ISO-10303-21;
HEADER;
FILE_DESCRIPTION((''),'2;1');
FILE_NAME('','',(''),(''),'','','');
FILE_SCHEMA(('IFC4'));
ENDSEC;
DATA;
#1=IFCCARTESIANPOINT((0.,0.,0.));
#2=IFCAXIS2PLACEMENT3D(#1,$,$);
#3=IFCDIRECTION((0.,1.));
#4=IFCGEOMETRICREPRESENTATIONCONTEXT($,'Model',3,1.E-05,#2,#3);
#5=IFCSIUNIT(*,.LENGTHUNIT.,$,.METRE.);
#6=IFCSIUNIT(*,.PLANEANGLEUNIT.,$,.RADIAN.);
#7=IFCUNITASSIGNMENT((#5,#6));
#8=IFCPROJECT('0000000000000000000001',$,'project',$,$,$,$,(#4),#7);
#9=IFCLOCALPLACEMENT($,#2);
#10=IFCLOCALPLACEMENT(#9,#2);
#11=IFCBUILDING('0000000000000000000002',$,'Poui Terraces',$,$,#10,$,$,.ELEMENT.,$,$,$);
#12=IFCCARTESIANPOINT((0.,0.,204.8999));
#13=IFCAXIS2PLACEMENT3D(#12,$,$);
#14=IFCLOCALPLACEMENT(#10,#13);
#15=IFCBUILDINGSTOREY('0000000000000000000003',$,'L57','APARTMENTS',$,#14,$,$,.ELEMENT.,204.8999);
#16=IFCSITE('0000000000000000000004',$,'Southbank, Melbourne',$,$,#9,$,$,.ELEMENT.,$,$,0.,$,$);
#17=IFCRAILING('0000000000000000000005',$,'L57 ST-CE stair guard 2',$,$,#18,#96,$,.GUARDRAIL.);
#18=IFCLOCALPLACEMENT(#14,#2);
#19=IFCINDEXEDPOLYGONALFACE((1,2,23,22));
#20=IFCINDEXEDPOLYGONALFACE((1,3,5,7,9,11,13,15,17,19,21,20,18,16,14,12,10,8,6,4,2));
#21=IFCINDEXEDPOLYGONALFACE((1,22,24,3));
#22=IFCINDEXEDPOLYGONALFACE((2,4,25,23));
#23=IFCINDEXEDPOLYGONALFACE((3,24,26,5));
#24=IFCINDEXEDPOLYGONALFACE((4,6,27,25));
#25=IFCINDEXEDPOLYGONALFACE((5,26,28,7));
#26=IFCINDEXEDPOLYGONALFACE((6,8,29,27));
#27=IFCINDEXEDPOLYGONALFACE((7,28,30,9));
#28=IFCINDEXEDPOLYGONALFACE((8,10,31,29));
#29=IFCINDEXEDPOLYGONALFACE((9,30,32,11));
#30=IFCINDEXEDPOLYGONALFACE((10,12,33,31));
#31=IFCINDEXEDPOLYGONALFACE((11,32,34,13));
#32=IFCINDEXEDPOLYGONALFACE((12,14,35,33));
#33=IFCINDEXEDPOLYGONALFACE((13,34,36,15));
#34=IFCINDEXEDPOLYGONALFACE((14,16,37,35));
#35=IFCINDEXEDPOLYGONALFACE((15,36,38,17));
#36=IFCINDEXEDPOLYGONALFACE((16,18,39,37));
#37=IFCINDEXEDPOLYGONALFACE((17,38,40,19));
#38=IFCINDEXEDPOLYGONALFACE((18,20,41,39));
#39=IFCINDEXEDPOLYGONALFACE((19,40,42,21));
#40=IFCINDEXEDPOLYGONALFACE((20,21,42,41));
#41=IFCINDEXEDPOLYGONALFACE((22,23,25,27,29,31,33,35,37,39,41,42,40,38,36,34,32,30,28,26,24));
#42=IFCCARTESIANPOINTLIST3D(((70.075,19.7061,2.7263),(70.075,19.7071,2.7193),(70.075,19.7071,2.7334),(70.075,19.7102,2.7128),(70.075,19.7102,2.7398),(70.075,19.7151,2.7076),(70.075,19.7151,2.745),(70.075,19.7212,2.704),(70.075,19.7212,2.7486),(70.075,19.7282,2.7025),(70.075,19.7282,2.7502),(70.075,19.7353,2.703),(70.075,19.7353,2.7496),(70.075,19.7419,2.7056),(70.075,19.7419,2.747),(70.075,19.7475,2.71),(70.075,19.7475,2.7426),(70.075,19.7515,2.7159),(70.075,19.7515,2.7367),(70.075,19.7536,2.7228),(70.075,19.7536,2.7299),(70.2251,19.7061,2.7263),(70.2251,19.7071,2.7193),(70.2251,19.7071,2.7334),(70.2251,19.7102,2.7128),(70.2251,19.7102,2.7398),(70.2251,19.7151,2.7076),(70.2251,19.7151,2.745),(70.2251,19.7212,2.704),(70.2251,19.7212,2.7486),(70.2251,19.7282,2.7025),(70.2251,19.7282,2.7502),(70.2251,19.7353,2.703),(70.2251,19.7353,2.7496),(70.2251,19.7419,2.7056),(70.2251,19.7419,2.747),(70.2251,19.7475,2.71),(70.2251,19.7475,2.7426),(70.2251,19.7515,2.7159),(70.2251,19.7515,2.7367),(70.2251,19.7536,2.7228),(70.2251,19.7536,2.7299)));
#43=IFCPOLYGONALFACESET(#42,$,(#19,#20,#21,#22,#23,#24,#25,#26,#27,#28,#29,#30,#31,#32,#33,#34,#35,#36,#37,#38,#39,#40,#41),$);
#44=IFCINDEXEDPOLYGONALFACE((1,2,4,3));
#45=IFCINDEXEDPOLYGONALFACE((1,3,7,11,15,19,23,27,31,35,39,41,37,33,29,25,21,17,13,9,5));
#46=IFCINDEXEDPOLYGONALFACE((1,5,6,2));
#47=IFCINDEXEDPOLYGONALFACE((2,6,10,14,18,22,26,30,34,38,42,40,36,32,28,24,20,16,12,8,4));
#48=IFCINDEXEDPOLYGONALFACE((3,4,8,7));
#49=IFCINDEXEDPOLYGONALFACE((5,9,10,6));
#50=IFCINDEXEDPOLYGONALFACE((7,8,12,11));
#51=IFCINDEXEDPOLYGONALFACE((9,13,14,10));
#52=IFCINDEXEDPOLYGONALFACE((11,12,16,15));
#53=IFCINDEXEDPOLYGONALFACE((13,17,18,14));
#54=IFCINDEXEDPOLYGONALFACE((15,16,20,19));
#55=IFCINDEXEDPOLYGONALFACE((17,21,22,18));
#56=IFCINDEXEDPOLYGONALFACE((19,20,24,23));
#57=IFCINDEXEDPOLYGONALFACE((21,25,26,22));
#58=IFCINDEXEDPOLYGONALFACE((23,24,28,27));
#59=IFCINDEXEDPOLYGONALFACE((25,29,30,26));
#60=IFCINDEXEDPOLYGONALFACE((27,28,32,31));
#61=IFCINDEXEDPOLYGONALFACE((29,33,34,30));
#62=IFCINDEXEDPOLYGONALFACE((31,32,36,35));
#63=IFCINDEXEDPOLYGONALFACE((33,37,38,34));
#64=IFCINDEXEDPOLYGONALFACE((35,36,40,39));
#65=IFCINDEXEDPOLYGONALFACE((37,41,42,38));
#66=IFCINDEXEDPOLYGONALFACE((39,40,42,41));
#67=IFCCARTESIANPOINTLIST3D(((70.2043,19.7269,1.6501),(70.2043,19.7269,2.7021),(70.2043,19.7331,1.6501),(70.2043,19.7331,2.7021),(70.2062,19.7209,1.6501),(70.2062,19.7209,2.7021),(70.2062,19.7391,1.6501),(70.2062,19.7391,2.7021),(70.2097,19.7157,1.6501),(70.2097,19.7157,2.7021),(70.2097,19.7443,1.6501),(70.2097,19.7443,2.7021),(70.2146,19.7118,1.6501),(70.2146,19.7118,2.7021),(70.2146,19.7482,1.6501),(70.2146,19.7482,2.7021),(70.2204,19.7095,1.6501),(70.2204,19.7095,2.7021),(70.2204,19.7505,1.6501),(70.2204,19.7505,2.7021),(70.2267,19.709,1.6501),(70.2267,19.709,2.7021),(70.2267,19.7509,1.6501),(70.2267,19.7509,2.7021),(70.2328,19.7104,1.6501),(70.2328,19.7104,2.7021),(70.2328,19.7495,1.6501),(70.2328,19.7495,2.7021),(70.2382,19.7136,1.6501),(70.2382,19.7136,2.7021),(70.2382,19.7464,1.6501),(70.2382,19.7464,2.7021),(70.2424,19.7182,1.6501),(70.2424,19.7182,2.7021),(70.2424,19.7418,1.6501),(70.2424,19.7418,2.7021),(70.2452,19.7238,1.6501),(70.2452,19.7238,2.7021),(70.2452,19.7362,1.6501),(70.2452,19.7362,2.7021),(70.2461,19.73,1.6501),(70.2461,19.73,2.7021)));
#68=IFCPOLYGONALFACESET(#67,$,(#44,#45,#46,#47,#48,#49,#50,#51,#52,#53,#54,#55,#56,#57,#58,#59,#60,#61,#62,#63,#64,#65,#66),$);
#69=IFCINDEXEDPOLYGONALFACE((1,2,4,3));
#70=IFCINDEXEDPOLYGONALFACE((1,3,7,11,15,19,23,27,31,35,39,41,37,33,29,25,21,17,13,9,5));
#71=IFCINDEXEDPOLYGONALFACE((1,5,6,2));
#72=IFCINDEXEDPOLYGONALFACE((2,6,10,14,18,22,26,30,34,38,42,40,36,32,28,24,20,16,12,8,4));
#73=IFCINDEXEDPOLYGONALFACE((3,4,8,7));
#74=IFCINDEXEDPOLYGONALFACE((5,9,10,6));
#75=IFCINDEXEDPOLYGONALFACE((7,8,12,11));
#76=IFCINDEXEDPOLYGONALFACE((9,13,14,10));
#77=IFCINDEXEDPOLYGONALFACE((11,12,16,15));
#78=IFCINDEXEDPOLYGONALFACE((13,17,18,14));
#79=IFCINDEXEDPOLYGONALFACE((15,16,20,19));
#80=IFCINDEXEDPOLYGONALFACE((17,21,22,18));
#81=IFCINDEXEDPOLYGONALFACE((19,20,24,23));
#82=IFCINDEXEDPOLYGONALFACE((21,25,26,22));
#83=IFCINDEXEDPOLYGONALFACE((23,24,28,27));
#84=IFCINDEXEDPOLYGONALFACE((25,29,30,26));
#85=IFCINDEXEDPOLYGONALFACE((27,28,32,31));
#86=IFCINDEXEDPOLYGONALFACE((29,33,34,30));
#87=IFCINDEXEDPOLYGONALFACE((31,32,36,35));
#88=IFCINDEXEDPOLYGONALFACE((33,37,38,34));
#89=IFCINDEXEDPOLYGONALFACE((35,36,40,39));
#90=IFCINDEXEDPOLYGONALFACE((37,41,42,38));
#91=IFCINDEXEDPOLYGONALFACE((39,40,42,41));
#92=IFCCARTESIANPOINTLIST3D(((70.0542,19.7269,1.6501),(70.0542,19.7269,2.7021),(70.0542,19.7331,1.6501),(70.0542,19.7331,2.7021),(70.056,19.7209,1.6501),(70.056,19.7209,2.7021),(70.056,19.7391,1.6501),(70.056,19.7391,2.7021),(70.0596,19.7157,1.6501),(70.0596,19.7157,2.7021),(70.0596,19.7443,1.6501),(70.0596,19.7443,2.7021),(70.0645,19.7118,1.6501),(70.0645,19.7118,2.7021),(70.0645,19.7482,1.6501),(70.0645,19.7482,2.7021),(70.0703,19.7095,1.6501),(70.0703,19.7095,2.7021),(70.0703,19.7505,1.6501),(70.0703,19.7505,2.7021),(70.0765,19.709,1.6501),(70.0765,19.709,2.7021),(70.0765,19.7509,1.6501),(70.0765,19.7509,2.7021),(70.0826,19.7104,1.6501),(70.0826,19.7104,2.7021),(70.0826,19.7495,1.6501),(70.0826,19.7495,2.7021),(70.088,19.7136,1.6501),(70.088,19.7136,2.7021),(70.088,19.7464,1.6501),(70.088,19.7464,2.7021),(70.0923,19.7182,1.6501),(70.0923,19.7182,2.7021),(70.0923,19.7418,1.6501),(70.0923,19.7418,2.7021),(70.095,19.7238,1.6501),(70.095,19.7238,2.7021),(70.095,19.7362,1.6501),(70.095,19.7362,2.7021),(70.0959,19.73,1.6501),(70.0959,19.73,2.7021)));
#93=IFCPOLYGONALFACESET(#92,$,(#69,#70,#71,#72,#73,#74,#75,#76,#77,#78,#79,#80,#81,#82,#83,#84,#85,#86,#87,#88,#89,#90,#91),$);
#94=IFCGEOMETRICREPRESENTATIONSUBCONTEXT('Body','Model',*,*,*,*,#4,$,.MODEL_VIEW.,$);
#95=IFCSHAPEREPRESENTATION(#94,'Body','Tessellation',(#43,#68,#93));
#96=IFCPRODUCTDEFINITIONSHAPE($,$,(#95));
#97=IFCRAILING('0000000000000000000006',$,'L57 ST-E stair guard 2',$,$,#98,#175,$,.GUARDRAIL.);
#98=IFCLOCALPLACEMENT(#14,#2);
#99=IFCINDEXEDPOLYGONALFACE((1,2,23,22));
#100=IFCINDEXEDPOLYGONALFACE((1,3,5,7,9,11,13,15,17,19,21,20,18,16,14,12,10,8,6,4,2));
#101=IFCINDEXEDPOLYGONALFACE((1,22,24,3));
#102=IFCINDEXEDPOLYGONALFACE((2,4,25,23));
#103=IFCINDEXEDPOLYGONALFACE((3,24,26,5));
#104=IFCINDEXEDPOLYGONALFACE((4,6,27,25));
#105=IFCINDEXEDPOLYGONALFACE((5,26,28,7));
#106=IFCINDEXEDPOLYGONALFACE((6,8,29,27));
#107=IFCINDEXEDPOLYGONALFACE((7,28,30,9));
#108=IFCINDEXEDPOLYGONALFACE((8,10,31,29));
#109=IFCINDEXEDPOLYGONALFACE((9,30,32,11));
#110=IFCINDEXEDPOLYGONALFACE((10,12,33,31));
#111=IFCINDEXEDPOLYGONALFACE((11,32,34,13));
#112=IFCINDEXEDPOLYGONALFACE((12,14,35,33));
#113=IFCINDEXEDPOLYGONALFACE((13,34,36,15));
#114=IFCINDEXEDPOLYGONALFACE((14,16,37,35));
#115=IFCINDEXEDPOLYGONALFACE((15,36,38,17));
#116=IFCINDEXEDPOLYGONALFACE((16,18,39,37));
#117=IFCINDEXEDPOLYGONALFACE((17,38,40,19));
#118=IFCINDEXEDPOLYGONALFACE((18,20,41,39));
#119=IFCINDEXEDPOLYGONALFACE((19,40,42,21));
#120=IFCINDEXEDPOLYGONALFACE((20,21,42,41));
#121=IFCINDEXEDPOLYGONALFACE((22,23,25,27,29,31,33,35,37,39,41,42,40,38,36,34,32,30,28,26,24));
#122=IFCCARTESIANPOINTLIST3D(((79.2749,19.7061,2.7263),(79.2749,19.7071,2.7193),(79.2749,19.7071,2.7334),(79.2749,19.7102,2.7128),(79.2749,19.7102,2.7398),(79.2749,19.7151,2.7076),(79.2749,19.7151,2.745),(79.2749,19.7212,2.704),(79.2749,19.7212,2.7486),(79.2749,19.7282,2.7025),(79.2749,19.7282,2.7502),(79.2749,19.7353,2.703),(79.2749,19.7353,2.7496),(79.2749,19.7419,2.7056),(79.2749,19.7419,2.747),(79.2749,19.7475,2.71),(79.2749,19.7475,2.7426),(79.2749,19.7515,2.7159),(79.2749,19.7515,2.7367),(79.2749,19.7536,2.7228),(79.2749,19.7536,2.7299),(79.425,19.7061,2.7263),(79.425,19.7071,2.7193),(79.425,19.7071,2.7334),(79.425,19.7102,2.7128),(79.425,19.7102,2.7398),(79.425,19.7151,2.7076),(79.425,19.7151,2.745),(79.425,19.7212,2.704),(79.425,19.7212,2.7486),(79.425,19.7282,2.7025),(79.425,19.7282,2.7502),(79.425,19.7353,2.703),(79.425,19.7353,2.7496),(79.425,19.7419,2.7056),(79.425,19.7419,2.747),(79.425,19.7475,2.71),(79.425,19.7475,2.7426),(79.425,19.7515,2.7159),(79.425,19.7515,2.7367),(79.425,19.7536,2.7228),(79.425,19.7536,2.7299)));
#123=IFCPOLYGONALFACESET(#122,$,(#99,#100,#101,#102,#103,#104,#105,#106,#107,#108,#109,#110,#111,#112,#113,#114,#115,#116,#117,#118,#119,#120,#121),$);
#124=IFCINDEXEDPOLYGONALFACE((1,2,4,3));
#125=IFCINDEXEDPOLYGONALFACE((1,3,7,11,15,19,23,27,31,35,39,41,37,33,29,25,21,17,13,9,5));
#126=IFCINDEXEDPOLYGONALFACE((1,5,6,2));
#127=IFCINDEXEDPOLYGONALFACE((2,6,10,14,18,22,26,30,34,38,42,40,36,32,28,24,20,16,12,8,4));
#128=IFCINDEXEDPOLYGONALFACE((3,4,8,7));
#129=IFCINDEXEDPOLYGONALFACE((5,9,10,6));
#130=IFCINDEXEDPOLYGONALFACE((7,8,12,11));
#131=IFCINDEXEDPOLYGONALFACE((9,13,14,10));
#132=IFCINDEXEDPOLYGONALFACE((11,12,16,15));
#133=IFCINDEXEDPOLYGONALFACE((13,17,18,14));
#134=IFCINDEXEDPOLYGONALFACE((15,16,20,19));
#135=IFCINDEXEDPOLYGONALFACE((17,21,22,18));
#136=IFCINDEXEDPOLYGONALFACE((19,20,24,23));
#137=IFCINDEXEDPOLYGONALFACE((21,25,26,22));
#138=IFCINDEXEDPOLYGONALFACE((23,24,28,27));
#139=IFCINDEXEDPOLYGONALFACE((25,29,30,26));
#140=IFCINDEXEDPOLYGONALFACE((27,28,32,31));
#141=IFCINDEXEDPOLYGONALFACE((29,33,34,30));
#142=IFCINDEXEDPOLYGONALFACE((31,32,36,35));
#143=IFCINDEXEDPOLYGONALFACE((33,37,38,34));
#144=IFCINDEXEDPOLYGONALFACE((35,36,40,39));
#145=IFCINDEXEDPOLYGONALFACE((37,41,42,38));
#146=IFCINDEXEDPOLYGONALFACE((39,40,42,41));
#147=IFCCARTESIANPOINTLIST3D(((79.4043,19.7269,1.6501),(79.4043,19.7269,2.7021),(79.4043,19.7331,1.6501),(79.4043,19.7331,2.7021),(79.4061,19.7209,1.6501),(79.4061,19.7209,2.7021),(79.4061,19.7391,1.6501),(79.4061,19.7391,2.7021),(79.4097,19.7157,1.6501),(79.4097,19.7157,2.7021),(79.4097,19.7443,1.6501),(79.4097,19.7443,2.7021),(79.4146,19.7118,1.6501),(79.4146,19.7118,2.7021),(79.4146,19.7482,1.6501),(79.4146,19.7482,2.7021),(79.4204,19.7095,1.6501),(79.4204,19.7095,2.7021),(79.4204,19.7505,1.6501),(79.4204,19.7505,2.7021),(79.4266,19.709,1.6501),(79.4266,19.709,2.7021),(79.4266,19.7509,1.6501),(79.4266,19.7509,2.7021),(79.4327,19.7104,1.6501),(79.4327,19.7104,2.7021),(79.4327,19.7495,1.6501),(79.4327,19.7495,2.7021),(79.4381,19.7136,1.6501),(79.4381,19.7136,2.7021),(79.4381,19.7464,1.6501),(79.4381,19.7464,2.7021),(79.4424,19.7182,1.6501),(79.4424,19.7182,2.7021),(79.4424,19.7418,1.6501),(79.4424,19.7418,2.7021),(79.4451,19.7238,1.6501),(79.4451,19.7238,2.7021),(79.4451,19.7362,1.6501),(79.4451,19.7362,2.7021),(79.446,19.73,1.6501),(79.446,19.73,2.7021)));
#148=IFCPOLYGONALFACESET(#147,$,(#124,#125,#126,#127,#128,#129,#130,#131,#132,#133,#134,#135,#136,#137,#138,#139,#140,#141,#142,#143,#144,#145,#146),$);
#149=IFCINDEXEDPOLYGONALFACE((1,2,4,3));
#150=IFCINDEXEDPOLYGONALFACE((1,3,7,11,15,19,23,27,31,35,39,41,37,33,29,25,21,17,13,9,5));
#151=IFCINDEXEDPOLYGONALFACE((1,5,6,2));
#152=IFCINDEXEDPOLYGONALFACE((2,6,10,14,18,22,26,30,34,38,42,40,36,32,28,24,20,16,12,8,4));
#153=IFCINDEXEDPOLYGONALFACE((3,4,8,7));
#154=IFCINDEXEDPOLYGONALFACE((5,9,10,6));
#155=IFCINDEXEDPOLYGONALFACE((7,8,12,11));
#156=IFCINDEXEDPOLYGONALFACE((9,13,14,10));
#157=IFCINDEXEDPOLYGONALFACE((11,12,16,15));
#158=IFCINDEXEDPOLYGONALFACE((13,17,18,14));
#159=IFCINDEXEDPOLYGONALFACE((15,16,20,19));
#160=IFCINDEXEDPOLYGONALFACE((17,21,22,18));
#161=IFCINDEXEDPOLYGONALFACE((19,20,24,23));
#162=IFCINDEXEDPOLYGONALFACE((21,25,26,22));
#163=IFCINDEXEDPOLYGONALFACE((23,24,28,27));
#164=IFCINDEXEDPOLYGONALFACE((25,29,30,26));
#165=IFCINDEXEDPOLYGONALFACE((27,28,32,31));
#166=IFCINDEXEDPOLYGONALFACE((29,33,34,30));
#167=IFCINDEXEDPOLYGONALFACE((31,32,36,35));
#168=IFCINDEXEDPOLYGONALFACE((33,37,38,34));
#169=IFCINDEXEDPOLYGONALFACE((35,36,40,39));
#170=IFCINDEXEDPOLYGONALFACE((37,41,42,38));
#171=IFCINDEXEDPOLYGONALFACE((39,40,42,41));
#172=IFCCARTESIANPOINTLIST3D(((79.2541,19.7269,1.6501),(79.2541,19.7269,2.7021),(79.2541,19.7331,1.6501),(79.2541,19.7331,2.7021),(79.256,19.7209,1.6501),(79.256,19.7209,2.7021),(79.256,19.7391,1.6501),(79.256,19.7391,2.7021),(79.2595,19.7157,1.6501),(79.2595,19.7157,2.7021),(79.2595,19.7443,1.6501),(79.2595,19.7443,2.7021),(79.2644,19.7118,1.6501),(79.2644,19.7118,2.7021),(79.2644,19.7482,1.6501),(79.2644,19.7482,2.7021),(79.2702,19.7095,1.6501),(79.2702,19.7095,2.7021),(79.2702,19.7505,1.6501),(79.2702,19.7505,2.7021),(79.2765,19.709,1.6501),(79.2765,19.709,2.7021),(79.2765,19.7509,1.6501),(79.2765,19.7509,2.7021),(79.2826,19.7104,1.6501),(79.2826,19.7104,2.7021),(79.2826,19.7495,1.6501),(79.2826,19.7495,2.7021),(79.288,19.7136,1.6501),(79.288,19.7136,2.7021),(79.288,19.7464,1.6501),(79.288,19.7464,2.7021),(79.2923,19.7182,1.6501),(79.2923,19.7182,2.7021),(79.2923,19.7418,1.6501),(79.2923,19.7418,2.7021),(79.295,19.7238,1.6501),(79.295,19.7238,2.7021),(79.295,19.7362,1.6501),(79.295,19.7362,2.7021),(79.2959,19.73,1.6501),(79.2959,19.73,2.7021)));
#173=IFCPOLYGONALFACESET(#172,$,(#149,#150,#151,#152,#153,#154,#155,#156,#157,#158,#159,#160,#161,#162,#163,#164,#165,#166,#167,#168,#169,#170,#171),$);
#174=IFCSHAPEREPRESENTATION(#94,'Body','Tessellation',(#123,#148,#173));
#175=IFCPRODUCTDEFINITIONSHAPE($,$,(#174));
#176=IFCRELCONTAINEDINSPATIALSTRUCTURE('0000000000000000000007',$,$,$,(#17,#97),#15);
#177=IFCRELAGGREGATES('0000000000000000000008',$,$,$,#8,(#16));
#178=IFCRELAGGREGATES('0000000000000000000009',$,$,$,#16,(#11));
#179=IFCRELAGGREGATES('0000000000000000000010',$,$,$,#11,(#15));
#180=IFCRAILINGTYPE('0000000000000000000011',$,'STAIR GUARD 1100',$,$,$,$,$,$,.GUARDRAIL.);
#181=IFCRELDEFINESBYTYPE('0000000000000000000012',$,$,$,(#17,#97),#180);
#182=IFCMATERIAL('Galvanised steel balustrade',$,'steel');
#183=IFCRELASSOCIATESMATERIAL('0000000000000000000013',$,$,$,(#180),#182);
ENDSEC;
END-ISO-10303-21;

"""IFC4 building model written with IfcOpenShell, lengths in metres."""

from ifc_helpers import new_model, si_unit, direction, frame, origin, origin_2d, place, context, subcontext, project, spatial, circle, extrude, material, type_object, element, save


model = new_model("IFC4")

# Units and contexts
model_context = context("Model", 3, precision=1e-05, world=origin(), true_north=direction((0.0, 1.0)))
body_context = subcontext(model_context, "Body", "Model", "MODEL_VIEW")
ifc_project = project(units=[si_unit("LENGTHUNIT", "METRE"), si_unit("PLANEANGLEUNIT", "RADIAN")], contexts=[model_context])

# Site, building, storey
site_placement = place(None, origin())
site = spatial("IfcSite", under=ifc_project, at=site_placement, Name="Southbank, Melbourne", CompositionType="ELEMENT", RefElevation=0.0)
building_placement = place(site_placement, origin())
building = spatial("IfcBuilding", under=site, at=building_placement, Name="Poui Terraces", CompositionType="ELEMENT")
storey_placement = place(building_placement, frame((0.0, 0.0, 204.8999)))
storey = spatial("IfcBuildingStorey", under=building, at=storey_placement, Name="L57", Description="APARTMENTS", CompositionType="ELEMENT", Elevation=204.8999)

# Railings
ifc_material_1 = material(Name="Galvanised steel balustrade", Category="steel")
railing_type = type_object("IfcRailingType", Name="STAIR GUARD 1100", PredefinedType="GUARDRAIL", material=ifc_material_1)
for number, where, name in (
    (1, (70.2251, 19.73, 1.6501), "L57 ST-CE stair guard 2"),
    (2, (79.425, 19.73, 1.6501), "L57 ST-E stair guard 2"),
):
    element("IfcRailing", number, at=place(storey_placement, frame(where)), inside=storey, type_object=railing_type, Name=name, PredefinedType="GUARDRAIL", context=body_context, shape_type="SweptSolid", body=[
        extrude(circle(Radius=0.0239, at=origin_2d()), frame((0.0, 0.0, 1.0762), z_axis=(-1.0, 0.0, 0.0), x_axis=(0.0, -1.0, 0.0)), (0.0, 0.0, 1.0), 0.1501),
        extrude(circle(Radius=0.021, at=origin_2d()), origin(), (0.0, 0.0, 1.0), 1.052),
        extrude(circle(Radius=0.021, at=origin_2d()), frame((-0.1501, 0.0, 0.0)), (0.0, 0.0, 1.0), 1.052),
    ])

save(model, "model.ifc")
